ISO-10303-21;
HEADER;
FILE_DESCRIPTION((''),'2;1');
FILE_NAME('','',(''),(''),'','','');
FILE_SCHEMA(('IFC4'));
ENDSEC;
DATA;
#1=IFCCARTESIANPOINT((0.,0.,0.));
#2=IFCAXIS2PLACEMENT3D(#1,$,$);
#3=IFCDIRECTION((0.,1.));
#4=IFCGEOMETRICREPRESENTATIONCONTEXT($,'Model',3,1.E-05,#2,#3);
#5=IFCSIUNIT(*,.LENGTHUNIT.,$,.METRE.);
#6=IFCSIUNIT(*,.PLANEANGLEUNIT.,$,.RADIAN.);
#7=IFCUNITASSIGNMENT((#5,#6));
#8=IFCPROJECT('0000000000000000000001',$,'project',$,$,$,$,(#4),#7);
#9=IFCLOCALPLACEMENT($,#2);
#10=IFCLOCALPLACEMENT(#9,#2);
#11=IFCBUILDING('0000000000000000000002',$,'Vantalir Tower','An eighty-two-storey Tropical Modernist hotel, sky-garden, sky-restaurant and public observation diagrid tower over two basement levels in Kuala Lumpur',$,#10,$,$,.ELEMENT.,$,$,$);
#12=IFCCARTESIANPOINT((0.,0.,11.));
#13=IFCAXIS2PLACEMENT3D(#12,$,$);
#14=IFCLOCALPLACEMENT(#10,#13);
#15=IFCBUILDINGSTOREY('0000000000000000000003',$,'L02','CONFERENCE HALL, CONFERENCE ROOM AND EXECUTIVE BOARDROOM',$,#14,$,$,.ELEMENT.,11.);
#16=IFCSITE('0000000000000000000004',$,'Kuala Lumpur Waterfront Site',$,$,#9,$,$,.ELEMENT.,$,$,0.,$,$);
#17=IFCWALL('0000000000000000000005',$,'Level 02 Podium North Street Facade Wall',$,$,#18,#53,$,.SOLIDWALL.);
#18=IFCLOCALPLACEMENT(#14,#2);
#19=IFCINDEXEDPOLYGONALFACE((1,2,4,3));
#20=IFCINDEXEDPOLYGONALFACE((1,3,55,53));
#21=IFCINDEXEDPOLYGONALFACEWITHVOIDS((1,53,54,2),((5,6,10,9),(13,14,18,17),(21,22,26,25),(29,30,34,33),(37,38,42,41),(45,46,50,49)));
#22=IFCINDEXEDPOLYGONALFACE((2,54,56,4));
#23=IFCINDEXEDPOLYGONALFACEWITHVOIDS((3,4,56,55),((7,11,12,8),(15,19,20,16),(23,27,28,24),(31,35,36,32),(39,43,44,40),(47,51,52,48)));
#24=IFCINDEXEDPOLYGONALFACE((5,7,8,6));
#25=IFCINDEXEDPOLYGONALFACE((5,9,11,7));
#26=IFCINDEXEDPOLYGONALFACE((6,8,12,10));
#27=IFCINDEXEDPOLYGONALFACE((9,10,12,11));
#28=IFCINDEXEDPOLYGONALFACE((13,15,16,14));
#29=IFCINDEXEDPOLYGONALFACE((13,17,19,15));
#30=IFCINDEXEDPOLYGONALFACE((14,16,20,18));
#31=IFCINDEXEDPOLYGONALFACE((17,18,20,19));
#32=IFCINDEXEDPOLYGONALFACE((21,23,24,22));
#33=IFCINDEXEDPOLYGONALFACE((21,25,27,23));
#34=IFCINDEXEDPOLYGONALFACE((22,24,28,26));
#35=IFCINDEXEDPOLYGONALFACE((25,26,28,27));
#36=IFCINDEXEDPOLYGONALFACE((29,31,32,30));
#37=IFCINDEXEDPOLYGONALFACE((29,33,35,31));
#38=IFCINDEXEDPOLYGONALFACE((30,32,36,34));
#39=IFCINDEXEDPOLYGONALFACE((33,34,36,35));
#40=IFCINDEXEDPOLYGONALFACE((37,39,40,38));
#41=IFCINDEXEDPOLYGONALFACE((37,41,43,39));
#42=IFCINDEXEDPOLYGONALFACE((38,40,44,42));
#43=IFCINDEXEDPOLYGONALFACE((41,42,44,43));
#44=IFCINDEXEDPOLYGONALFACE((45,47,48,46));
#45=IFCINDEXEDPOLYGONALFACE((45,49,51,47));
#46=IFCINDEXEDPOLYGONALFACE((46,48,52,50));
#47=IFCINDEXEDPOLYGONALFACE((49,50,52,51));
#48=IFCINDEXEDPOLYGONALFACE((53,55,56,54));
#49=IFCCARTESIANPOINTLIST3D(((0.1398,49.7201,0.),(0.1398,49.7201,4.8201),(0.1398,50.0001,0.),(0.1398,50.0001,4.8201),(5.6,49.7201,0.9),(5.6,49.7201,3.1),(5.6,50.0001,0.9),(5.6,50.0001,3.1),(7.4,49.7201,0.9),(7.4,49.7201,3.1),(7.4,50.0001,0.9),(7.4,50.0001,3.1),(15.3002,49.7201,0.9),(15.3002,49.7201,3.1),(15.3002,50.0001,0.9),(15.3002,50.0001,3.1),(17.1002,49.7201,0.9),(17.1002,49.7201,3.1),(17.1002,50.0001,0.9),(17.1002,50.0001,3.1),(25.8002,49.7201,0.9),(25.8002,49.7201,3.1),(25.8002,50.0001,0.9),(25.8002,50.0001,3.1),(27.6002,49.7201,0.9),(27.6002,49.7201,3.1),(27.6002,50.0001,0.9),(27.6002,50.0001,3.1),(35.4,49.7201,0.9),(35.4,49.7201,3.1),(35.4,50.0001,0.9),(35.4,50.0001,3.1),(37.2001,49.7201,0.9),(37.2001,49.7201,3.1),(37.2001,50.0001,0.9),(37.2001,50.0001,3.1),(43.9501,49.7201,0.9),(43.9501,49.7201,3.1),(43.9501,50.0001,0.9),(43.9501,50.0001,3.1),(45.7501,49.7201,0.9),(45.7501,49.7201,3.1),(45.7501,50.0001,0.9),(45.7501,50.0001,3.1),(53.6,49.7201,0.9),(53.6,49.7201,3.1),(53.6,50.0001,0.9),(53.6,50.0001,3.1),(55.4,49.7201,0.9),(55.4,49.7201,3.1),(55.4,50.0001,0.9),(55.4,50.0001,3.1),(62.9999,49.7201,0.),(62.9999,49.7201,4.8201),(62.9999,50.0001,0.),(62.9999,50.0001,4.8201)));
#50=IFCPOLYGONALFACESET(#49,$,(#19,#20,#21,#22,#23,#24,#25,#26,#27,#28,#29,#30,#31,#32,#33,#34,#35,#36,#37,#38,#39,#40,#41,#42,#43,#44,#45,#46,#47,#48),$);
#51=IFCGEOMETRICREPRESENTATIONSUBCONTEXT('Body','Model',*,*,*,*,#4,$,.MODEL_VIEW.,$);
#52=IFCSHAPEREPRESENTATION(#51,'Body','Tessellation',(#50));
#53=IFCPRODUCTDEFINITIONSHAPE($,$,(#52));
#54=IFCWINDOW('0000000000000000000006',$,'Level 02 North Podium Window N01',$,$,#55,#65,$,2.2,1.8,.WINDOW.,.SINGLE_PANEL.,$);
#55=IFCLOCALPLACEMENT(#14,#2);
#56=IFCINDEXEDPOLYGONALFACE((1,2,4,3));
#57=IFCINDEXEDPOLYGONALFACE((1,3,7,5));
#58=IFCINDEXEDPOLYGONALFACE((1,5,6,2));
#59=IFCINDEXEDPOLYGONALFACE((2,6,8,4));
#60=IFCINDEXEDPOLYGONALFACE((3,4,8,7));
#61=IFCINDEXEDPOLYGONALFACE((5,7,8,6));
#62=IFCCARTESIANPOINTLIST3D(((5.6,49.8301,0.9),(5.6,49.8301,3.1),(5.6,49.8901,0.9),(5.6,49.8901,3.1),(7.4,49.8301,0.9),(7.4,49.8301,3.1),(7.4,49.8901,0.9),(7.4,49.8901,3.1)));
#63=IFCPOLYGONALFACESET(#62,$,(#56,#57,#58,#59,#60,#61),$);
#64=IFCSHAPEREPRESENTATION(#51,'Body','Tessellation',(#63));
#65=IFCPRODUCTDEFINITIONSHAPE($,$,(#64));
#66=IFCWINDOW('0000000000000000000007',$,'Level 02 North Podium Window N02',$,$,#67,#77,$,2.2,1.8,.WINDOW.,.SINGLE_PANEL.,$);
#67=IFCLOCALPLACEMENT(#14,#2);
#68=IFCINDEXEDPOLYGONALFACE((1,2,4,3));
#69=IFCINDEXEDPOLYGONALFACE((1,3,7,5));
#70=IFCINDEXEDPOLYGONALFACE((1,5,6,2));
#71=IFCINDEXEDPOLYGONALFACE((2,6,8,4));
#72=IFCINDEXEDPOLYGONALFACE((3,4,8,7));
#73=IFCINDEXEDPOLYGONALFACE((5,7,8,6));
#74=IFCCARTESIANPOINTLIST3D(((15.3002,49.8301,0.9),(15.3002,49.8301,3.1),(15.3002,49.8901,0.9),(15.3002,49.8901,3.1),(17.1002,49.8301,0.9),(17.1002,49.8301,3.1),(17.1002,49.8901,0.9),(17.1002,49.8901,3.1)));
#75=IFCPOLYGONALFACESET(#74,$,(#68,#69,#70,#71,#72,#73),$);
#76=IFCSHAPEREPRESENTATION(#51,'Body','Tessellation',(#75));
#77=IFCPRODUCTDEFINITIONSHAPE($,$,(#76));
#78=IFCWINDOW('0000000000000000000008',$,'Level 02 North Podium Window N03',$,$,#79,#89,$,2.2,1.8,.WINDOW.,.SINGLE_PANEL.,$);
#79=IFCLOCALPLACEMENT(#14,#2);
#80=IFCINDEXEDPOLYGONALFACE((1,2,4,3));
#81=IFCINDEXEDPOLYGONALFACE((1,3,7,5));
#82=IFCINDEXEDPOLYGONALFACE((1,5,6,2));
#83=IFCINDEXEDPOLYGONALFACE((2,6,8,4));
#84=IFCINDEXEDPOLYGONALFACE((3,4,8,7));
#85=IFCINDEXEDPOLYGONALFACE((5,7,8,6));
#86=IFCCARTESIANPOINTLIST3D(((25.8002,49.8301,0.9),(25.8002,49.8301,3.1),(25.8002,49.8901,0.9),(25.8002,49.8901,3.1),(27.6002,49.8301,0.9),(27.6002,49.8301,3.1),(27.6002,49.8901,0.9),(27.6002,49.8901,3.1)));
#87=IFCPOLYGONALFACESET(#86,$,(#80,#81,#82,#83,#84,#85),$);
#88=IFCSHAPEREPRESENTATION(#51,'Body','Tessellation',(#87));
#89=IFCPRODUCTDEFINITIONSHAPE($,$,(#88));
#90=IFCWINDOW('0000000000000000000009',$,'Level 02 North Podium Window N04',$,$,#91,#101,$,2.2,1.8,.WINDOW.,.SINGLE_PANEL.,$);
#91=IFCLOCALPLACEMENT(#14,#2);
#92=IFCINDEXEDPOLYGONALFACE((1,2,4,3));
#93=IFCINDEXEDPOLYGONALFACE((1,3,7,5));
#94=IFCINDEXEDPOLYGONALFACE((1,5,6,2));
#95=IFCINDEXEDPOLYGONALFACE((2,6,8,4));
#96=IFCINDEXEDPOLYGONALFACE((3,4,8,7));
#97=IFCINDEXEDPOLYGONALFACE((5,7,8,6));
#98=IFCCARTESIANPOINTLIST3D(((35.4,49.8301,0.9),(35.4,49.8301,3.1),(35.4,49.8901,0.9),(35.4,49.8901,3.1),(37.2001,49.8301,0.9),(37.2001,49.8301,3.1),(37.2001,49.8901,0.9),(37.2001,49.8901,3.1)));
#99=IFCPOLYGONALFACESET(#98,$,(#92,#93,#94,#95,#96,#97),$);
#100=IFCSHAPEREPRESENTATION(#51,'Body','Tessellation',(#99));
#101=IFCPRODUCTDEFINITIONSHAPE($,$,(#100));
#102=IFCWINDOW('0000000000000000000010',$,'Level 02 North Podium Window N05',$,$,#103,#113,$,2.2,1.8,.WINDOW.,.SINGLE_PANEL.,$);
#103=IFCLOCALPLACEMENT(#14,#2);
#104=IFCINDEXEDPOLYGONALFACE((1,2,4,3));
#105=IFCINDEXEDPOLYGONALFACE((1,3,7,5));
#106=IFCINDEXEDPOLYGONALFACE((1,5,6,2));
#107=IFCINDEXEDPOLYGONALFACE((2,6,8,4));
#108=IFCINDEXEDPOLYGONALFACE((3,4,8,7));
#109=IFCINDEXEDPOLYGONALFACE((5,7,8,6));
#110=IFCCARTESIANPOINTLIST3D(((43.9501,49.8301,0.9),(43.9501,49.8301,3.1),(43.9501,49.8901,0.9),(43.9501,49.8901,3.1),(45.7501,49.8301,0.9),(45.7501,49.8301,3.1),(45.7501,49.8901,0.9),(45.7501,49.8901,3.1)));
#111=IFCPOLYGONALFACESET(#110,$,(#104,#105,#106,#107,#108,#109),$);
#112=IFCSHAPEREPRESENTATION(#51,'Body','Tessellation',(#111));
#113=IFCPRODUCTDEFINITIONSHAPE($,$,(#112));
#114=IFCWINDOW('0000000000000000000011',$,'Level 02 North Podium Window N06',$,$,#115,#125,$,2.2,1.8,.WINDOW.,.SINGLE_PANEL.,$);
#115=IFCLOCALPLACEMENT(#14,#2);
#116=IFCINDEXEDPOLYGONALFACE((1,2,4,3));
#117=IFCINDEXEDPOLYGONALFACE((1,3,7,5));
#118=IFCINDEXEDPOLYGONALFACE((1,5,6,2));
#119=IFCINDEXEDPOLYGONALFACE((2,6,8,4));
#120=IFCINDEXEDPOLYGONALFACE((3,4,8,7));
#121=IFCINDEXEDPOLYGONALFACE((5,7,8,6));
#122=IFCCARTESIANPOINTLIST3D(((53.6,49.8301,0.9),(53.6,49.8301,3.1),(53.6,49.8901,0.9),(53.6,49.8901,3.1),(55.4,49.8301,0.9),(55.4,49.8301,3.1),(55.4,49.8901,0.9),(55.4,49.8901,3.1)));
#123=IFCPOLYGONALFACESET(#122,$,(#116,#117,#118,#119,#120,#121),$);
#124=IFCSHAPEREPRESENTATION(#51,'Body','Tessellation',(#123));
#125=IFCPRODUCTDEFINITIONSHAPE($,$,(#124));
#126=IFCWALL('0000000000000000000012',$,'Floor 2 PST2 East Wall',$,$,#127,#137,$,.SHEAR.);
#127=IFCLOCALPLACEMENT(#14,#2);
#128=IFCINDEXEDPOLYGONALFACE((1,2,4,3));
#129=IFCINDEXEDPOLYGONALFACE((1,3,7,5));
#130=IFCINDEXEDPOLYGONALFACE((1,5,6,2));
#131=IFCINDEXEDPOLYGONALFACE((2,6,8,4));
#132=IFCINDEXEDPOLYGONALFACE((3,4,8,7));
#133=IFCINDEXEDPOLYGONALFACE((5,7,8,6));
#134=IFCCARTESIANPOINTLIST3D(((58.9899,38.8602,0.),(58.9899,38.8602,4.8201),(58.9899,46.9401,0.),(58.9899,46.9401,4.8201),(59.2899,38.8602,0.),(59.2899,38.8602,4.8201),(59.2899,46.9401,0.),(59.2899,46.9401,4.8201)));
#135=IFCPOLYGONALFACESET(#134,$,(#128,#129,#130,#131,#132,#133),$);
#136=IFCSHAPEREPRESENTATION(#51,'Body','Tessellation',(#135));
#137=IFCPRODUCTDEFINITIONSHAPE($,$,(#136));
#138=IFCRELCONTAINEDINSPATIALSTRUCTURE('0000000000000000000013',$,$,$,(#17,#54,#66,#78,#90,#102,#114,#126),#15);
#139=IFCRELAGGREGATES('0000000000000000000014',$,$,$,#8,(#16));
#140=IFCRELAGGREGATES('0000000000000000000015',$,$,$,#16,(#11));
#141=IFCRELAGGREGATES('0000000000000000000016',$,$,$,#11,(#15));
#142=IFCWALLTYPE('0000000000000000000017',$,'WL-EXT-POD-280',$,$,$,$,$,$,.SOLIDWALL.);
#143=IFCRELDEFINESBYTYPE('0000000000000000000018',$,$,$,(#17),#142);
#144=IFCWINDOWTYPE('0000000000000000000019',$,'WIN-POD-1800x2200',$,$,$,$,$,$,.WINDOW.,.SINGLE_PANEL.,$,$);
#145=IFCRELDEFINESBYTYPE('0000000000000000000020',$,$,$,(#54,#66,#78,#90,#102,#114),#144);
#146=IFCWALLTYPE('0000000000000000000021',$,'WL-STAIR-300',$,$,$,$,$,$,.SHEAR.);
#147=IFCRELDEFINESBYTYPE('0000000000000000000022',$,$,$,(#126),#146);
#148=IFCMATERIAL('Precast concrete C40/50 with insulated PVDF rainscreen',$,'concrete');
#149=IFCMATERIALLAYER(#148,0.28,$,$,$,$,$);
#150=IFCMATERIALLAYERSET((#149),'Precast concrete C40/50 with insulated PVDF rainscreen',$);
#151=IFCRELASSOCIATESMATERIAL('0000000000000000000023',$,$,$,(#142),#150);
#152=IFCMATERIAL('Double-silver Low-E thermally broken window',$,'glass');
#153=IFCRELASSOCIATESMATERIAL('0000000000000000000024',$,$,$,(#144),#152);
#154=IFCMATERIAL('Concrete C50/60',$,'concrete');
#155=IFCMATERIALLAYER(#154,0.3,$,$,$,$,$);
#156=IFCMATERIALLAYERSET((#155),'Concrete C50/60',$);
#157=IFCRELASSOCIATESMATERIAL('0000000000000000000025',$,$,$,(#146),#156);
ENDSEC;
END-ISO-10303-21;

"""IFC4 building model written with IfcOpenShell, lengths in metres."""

from ifc_helpers import new_model, si_unit, direction, frame, frame_2d, origin, place, context, subcontext, project, spatial, rectangle, extrude, material, layer, layer_set, type_object, element, fill, save


model = new_model("IFC4")

# Units and contexts
model_context = context("Model", 3, precision=1e-05, world=origin(), true_north=direction((0.0, 1.0)))
body_context = subcontext(model_context, "Body", "Model", "MODEL_VIEW")
ifc_project = project(units=[si_unit("LENGTHUNIT", "METRE"), si_unit("PLANEANGLEUNIT", "RADIAN")], contexts=[model_context])

# Site, building, storey
site_placement = place(None, origin())
site = spatial("IfcSite", under=ifc_project, at=site_placement, Name="Kuala Lumpur Waterfront Site", CompositionType="ELEMENT", RefElevation=0.0)
building_placement = place(site_placement, origin())
building = spatial("IfcBuilding", under=site, at=building_placement, Name="Vantalir Tower", Description="An eighty-two-storey Tropical Modernist hotel, sky-garden, sky-restaurant and public observation diagrid tower over two basement levels in Kuala Lumpur", CompositionType="ELEMENT")
storey_placement = place(building_placement, frame((0.0, 0.0, 11.0)))
storey = spatial("IfcBuildingStorey", under=building, at=storey_placement, Name="L02", Description="CONFERENCE HALL, CONFERENCE ROOM AND EXECUTIVE BOARDROOM", CompositionType="ELEMENT", Elevation=11.0)

# Shared definitions
ifc_material_1 = material(Name="Concrete C50/60", Category="concrete")

# Wall, openings, windows
ifc_material_2 = material(Name="Precast concrete C40/50 with insulated PVDF rainscreen", Category="concrete")
ifc_layer_1 = layer(ifc_material_2, 0.28)
ifc_layer_set_1 = layer_set([ifc_layer_1], Name="Precast concrete C40/50 with insulated PVDF rainscreen")
wall_type_1 = type_object("IfcWallType", Name="WL-EXT-POD-280", PredefinedType="SOLIDWALL", material=ifc_layer_set_1)
wall_1_placement = place(storey_placement, frame((63.0, 49.8601, 0.0), z_axis=(0.0, 0.0, 1.0), x_axis=(-1.0, 0.0, 0.0)))
wall_1 = element("IfcWall", 1, at=wall_1_placement, inside=storey, type_object=wall_type_1, Name="Level 02 Podium North Street Facade Wall", PredefinedType="SOLIDWALL", context=body_context, shape_type="SweptSolid", body=[
    extrude(rectangle(XDim=62.8601, YDim=0.28, at=frame_2d((31.4302, 0.0))), origin(), (0.0, 0.0, 1.0), 4.8201),
])
opening_1_placement = place(wall_1_placement, frame((55.6001, 0.0, 0.8999)))
opening_1 = element("IfcOpeningElement", 2, at=opening_1_placement, cuts=wall_1, PredefinedType="OPENING", context=body_context, shape_type="SweptSolid", body=[
    extrude(rectangle(XDim=1.8, YDim=2.2, at=frame_2d((0.8999, 1.1001))), frame((0.0, 0.1499, 0.0), z_axis=(0.0, -1.0, 0.0), x_axis=(1.0, 0.0, 0.0)), (0.0, 0.0, 1.0), 0.3),
])
opening_2_placement = place(wall_1_placement, frame((45.8999, 0.0, 0.8999)))
opening_2 = element("IfcOpeningElement", 3, at=opening_2_placement, cuts=wall_1, PredefinedType="OPENING", context=body_context, shape_type="SweptSolid", body=[
    extrude(rectangle(XDim=1.8, YDim=2.2, at=frame_2d((0.8999, 1.1001))), frame((0.0, 0.1499, 0.0), z_axis=(0.0, -1.0, 0.0), x_axis=(1.0, 0.0, 0.0)), (0.0, 0.0, 1.0), 0.3),
])
opening_3_placement = place(wall_1_placement, frame((35.3999, 0.0, 0.8999)))
opening_3 = element("IfcOpeningElement", 4, at=opening_3_placement, cuts=wall_1, PredefinedType="OPENING", context=body_context, shape_type="SweptSolid", body=[
    extrude(rectangle(XDim=1.8, YDim=2.2, at=frame_2d((0.8999, 1.1001))), frame((0.0, 0.1499, 0.0), z_axis=(0.0, -1.0, 0.0), x_axis=(1.0, 0.0, 0.0)), (0.0, 0.0, 1.0), 0.3),
])
opening_4_placement = place(wall_1_placement, frame((25.8, 0.0, 0.8999)))
opening_4 = element("IfcOpeningElement", 5, at=opening_4_placement, cuts=wall_1, PredefinedType="OPENING", context=body_context, shape_type="SweptSolid", body=[
    extrude(rectangle(XDim=1.8, YDim=2.2, at=frame_2d((0.8999, 1.1001))), frame((0.0, 0.1499, 0.0), z_axis=(0.0, -1.0, 0.0), x_axis=(1.0, 0.0, 0.0)), (0.0, 0.0, 1.0), 0.3),
])
opening_5_placement = place(wall_1_placement, frame((17.25, 0.0, 0.8999)))
opening_5 = element("IfcOpeningElement", 6, at=opening_5_placement, cuts=wall_1, PredefinedType="OPENING", context=body_context, shape_type="SweptSolid", body=[
    extrude(rectangle(XDim=1.8, YDim=2.2, at=frame_2d((0.8999, 1.1001))), frame((0.0, 0.1499, 0.0), z_axis=(0.0, -1.0, 0.0), x_axis=(1.0, 0.0, 0.0)), (0.0, 0.0, 1.0), 0.3),
])
opening_6_placement = place(wall_1_placement, frame((7.6001, 0.0, 0.8999)))
opening_6 = element("IfcOpeningElement", 7, at=opening_6_placement, cuts=wall_1, PredefinedType="OPENING", context=body_context, shape_type="SweptSolid", body=[
    extrude(rectangle(XDim=1.8, YDim=2.2, at=frame_2d((0.8999, 1.1001))), frame((0.0, 0.1499, 0.0), z_axis=(0.0, -1.0, 0.0), x_axis=(1.0, 0.0, 0.0)), (0.0, 0.0, 1.0), 0.3),
])
ifc_material_3 = material(Name="Double-silver Low-E thermally broken window", Category="glass")
window_type = type_object("IfcWindowType", Name="WIN-POD-1800x2200", PartitioningType="SINGLE_PANEL", PredefinedType="WINDOW", material=ifc_material_3)
window_1_placement = place(opening_1_placement, origin())
window_1 = element("IfcWindow", 8, at=window_1_placement, inside=storey, type_object=window_type, Name="Level 02 North Podium Window N01", OverallHeight=2.2, OverallWidth=1.8, PartitioningType="SINGLE_PANEL", PredefinedType="WINDOW", context=body_context, shape_type="SweptSolid", body=[
    extrude(rectangle(XDim=1.8, YDim=2.2, at=frame_2d((0.8999, 1.1001))), frame((0.0, 0.03, 0.0), z_axis=(0.0, -1.0, 0.0), x_axis=(1.0, 0.0, 0.0)), (0.0, 0.0, 1.0), 0.0601),
])
fill(opening_1, window_1)
window_2_placement = place(opening_2_placement, origin())
window_2 = element("IfcWindow", 9, at=window_2_placement, inside=storey, type_object=window_type, Name="Level 02 North Podium Window N02", OverallHeight=2.2, OverallWidth=1.8, PartitioningType="SINGLE_PANEL", PredefinedType="WINDOW", context=body_context, shape_type="SweptSolid", body=[
    extrude(rectangle(XDim=1.8, YDim=2.2, at=frame_2d((0.8999, 1.1001))), frame((0.0, 0.03, 0.0), z_axis=(0.0, -1.0, 0.0), x_axis=(1.0, 0.0, 0.0)), (0.0, 0.0, 1.0), 0.0601),
])
fill(opening_2, window_2)
window_3_placement = place(opening_3_placement, origin())
window_3 = element("IfcWindow", 10, at=window_3_placement, inside=storey, type_object=window_type, Name="Level 02 North Podium Window N03", OverallHeight=2.2, OverallWidth=1.8, PartitioningType="SINGLE_PANEL", PredefinedType="WINDOW", context=body_context, shape_type="SweptSolid", body=[
    extrude(rectangle(XDim=1.8, YDim=2.2, at=frame_2d((0.8999, 1.1001))), frame((0.0, 0.03, 0.0), z_axis=(0.0, -1.0, 0.0), x_axis=(1.0, 0.0, 0.0)), (0.0, 0.0, 1.0), 0.0601),
])
fill(opening_3, window_3)
window_4_placement = place(opening_4_placement, origin())
window_4 = element("IfcWindow", 11, at=window_4_placement, inside=storey, type_object=window_type, Name="Level 02 North Podium Window N04", OverallHeight=2.2, OverallWidth=1.8, PartitioningType="SINGLE_PANEL", PredefinedType="WINDOW", context=body_context, shape_type="SweptSolid", body=[
    extrude(rectangle(XDim=1.8, YDim=2.2, at=frame_2d((0.8999, 1.1001))), frame((0.0, 0.03, 0.0), z_axis=(0.0, -1.0, 0.0), x_axis=(1.0, 0.0, 0.0)), (0.0, 0.0, 1.0), 0.0601),
])
fill(opening_4, window_4)
window_5_placement = place(opening_5_placement, origin())
window_5 = element("IfcWindow", 12, at=window_5_placement, inside=storey, type_object=window_type, Name="Level 02 North Podium Window N05", OverallHeight=2.2, OverallWidth=1.8, PartitioningType="SINGLE_PANEL", PredefinedType="WINDOW", context=body_context, shape_type="SweptSolid", body=[
    extrude(rectangle(XDim=1.8, YDim=2.2, at=frame_2d((0.8999, 1.1001))), frame((0.0, 0.03, 0.0), z_axis=(0.0, -1.0, 0.0), x_axis=(1.0, 0.0, 0.0)), (0.0, 0.0, 1.0), 0.0601),
])
fill(opening_5, window_5)
window_6_placement = place(opening_6_placement, origin())
window_6 = element("IfcWindow", 13, at=window_6_placement, inside=storey, type_object=window_type, Name="Level 02 North Podium Window N06", OverallHeight=2.2, OverallWidth=1.8, PartitioningType="SINGLE_PANEL", PredefinedType="WINDOW", context=body_context, shape_type="SweptSolid", body=[
    extrude(rectangle(XDim=1.8, YDim=2.2, at=frame_2d((0.8999, 1.1001))), frame((0.0, 0.03, 0.0), z_axis=(0.0, -1.0, 0.0), x_axis=(1.0, 0.0, 0.0)), (0.0, 0.0, 1.0), 0.0601),
])
fill(opening_6, window_6)

# Wall
ifc_layer_2 = layer(ifc_material_1, 0.3)
ifc_layer_set_2 = layer_set([ifc_layer_2], Name="Concrete C50/60")
wall_type_2 = type_object("IfcWallType", Name="WL-STAIR-300", PredefinedType="SHEAR", material=ifc_layer_set_2)
wall_2_placement = place(storey_placement, frame((59.1399, 38.8601, 0.0), z_axis=(0.0, 0.0, 1.0), x_axis=(0.0, 1.0, 0.0)))
element("IfcWall", 14, at=wall_2_placement, inside=storey, type_object=wall_type_2, Name="Floor 2 PST2 East Wall", PredefinedType="SHEAR", context=body_context, shape_type="SweptSolid", body=[
    extrude(rectangle(XDim=8.0798, YDim=0.3, at=frame_2d((4.04, 0.0))), origin(), (0.0, 0.0, 1.0), 4.8201),
])

save(model, "model.ifc")
